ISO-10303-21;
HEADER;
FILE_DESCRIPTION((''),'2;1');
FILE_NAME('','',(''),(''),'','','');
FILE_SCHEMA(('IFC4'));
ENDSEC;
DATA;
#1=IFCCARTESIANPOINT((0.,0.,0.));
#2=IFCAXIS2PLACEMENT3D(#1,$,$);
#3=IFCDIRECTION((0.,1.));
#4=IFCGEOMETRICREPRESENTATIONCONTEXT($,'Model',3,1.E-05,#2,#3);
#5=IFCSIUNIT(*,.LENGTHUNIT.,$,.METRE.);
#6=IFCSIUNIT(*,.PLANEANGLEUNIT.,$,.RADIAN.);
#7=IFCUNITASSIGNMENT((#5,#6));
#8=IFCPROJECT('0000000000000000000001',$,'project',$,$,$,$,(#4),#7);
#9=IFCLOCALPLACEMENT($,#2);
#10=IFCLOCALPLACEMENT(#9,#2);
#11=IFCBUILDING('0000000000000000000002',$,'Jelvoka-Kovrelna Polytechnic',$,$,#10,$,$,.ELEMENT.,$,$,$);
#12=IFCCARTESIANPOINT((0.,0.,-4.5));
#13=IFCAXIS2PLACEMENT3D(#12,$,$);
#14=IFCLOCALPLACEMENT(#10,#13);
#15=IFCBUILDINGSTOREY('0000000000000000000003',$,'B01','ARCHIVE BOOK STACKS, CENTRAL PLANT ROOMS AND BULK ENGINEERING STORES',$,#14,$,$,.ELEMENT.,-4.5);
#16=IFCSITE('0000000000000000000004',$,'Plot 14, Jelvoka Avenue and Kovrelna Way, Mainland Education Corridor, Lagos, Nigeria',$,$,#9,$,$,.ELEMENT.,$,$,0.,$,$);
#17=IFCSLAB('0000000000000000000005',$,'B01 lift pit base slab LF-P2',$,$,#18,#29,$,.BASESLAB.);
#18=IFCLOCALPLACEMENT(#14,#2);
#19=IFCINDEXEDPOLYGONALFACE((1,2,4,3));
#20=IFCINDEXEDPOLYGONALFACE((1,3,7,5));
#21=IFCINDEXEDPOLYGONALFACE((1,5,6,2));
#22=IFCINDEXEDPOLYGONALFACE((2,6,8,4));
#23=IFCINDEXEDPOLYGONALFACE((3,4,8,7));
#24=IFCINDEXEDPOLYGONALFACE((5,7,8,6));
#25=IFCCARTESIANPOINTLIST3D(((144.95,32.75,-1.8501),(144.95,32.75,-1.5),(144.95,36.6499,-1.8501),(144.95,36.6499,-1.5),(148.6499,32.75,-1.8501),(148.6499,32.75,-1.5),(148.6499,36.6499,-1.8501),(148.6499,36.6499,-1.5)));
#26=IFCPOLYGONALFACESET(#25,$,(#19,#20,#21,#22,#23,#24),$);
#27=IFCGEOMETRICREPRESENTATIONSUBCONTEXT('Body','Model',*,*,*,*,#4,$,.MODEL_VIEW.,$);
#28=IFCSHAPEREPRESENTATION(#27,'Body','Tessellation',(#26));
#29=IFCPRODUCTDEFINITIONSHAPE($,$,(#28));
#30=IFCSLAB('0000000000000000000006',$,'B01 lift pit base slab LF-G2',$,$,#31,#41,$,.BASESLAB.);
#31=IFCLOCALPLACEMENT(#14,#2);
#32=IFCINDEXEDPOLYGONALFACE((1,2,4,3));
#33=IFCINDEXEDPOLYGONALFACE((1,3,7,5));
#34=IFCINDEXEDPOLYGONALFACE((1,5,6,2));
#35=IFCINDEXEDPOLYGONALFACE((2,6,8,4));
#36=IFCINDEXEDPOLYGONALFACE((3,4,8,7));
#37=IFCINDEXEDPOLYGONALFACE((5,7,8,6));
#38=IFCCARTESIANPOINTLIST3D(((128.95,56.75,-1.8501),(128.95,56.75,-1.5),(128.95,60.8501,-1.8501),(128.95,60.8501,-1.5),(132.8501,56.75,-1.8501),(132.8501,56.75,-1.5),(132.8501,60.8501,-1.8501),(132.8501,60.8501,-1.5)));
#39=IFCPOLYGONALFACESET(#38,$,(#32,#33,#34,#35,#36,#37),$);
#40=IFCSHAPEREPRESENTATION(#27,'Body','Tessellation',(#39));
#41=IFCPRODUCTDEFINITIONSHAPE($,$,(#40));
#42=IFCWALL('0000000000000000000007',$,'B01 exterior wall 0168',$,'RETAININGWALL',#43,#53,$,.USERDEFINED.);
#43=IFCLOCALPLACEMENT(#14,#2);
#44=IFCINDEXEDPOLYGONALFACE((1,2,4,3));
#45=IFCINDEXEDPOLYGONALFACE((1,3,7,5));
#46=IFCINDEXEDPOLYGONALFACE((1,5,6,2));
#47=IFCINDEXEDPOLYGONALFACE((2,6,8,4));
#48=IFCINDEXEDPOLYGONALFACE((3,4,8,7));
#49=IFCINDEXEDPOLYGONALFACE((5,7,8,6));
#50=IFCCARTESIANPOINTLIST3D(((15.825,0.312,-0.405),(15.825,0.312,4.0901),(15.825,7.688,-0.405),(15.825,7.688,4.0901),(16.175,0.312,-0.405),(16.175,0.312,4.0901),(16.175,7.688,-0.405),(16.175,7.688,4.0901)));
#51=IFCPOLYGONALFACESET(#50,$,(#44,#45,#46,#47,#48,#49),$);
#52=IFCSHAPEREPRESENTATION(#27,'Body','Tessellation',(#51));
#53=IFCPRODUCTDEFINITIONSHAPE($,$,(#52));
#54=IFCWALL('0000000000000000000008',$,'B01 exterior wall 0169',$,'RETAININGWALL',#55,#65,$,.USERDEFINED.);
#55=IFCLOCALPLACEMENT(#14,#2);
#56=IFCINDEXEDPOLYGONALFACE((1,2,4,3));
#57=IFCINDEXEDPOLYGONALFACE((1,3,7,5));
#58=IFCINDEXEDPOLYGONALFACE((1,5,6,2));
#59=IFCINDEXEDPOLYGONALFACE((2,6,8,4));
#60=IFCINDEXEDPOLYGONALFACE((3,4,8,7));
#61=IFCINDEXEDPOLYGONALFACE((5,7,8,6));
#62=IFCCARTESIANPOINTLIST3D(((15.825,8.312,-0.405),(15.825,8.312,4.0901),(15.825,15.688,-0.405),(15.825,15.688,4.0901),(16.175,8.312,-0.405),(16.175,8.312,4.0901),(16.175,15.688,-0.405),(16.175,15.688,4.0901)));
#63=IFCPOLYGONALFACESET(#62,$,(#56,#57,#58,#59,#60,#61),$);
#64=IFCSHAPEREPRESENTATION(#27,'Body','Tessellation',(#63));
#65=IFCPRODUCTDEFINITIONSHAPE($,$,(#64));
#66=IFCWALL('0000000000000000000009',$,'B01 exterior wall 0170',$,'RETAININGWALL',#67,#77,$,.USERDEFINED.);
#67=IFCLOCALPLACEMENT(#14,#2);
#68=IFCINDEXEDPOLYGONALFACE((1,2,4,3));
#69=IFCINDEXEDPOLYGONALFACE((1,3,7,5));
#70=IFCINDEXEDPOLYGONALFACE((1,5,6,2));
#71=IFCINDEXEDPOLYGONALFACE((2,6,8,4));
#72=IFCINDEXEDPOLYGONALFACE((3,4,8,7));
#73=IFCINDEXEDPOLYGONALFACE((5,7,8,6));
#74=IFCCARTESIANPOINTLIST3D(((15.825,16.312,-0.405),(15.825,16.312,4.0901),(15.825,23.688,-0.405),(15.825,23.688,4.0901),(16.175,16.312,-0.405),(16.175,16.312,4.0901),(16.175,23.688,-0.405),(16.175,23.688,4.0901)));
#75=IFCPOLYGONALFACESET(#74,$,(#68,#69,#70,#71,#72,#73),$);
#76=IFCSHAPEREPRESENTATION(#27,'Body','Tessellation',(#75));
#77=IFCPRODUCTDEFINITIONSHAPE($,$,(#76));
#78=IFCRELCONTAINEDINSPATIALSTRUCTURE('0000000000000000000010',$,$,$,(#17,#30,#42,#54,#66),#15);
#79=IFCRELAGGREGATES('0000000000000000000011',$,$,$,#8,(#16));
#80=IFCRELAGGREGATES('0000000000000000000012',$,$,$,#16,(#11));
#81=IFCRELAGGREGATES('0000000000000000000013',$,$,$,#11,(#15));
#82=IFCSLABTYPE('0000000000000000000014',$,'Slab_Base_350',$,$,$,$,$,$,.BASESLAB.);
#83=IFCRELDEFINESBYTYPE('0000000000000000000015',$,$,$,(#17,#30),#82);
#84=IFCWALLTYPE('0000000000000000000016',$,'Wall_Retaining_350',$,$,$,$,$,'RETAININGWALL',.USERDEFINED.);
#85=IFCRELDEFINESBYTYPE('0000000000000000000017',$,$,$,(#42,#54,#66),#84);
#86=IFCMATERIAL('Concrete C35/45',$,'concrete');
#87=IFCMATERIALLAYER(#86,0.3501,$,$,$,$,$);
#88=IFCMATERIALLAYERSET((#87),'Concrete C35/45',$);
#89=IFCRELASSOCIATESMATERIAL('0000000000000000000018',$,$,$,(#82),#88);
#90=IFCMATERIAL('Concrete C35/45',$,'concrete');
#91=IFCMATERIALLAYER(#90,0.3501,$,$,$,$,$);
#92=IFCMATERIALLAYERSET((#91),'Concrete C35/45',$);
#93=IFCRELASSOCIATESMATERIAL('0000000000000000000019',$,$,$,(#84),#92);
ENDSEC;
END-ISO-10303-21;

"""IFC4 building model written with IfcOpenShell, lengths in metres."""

from ifc_helpers import new_model, si_unit, direction, frame, frame_2d, origin, place, context, subcontext, project, spatial, polyline, rectangle, outline, extrude, material, layer, layer_set, type_object, element, save


model = new_model("IFC4")

# Units and contexts
model_context = context("Model", 3, precision=1e-05, world=origin(), true_north=direction((0.0, 1.0)))
body_context = subcontext(model_context, "Body", "Model", "MODEL_VIEW")
ifc_project = project(units=[si_unit("LENGTHUNIT", "METRE"), si_unit("PLANEANGLEUNIT", "RADIAN")], contexts=[model_context])

# Site, building, storey
site_placement = place(None, origin())
site = spatial("IfcSite", under=ifc_project, at=site_placement, Name="Plot 14, Jelvoka Avenue and Kovrelna Way, Mainland Education Corridor, Lagos, Nigeria", CompositionType="ELEMENT", RefElevation=0.0)
building_placement = place(site_placement, origin())
building = spatial("IfcBuilding", under=site, at=building_placement, Name="Jelvoka-Kovrelna Polytechnic", CompositionType="ELEMENT")
storey_placement = place(building_placement, frame((0.0, 0.0, -4.5)))
storey = spatial("IfcBuildingStorey", under=building, at=storey_placement, Name="B01", Description="ARCHIVE BOOK STACKS, CENTRAL PLANT ROOMS AND BULK ENGINEERING STORES", CompositionType="ELEMENT", Elevation=-4.5)

# Slabs
ifc_material_1 = material(Name="Concrete C35/45", Category="concrete")
ifc_layer_1 = layer(ifc_material_1, 0.3501)
ifc_layer_set_1 = layer_set([ifc_layer_1], Name="Concrete C35/45")
slab_type = type_object("IfcSlabType", Name="Slab_Base_350", PredefinedType="BASESLAB", material=ifc_layer_set_1)
slab_1_placement = place(storey_placement, frame((0.0, 0.0, -1.8501)))
element("IfcSlab", 1, at=slab_1_placement, inside=storey, type_object=slab_type, Name="B01 lift pit base slab LF-P2", PredefinedType="BASESLAB", context=body_context, shape_type="SweptSolid", body=[
    extrude(outline(polyline([(144.95, 32.75), (148.6499, 32.75), (148.6499, 36.6499), (144.95, 36.6499), (144.95, 32.75)])), origin(), (0.0, 0.0, 1.0), 0.3501),
])
slab_2_placement = place(storey_placement, frame((0.0, 0.0, -1.8501)))
element("IfcSlab", 2, at=slab_2_placement, inside=storey, type_object=slab_type, Name="B01 lift pit base slab LF-G2", PredefinedType="BASESLAB", context=body_context, shape_type="SweptSolid", body=[
    extrude(outline(polyline([(128.95, 56.75), (132.8501, 56.75), (132.8501, 60.8501), (128.95, 60.8501), (128.95, 56.75)])), origin(), (0.0, 0.0, 1.0), 0.3501),
])

# Walls
ifc_material_2 = material(Name="Concrete C35/45", Category="concrete")
ifc_layer_2 = layer(ifc_material_2, 0.3501)
ifc_layer_set_2 = layer_set([ifc_layer_2], Name="Concrete C35/45")
wall_type = type_object("IfcWallType", Name="Wall_Retaining_350", ElementType="RETAININGWALL", PredefinedType="USERDEFINED", material=ifc_layer_set_2)
for number, where, z_axis, x_axis, name in (
    (3, (16.0, 0.312, -0.405), (0.0, 0.0, 1.0), (0.0, 1.0, 0.0), "B01 exterior wall 0168"),
    (4, (16.0, 8.312, -0.405), (0.0, 0.0, 1.0), (0.0, 1.0, 0.0), "B01 exterior wall 0169"),
    (5, (16.0, 16.312, -0.405), (0.0, 0.0, 1.0), (0.0, 1.0, 0.0), "B01 exterior wall 0170"),
):
    element("IfcWall", number, at=place(storey_placement, frame(where, z_axis=z_axis, x_axis=x_axis)), inside=storey, type_object=wall_type, Name=name, ObjectType="RETAININGWALL", PredefinedType="USERDEFINED", context=body_context, shape_type="SweptSolid", body=[
        extrude(rectangle(XDim=7.376, YDim=0.3501, at=frame_2d((3.688, 0.0))), origin(), (0.0, 0.0, 1.0), 4.4951),
    ])

save(model, "model.ifc")
